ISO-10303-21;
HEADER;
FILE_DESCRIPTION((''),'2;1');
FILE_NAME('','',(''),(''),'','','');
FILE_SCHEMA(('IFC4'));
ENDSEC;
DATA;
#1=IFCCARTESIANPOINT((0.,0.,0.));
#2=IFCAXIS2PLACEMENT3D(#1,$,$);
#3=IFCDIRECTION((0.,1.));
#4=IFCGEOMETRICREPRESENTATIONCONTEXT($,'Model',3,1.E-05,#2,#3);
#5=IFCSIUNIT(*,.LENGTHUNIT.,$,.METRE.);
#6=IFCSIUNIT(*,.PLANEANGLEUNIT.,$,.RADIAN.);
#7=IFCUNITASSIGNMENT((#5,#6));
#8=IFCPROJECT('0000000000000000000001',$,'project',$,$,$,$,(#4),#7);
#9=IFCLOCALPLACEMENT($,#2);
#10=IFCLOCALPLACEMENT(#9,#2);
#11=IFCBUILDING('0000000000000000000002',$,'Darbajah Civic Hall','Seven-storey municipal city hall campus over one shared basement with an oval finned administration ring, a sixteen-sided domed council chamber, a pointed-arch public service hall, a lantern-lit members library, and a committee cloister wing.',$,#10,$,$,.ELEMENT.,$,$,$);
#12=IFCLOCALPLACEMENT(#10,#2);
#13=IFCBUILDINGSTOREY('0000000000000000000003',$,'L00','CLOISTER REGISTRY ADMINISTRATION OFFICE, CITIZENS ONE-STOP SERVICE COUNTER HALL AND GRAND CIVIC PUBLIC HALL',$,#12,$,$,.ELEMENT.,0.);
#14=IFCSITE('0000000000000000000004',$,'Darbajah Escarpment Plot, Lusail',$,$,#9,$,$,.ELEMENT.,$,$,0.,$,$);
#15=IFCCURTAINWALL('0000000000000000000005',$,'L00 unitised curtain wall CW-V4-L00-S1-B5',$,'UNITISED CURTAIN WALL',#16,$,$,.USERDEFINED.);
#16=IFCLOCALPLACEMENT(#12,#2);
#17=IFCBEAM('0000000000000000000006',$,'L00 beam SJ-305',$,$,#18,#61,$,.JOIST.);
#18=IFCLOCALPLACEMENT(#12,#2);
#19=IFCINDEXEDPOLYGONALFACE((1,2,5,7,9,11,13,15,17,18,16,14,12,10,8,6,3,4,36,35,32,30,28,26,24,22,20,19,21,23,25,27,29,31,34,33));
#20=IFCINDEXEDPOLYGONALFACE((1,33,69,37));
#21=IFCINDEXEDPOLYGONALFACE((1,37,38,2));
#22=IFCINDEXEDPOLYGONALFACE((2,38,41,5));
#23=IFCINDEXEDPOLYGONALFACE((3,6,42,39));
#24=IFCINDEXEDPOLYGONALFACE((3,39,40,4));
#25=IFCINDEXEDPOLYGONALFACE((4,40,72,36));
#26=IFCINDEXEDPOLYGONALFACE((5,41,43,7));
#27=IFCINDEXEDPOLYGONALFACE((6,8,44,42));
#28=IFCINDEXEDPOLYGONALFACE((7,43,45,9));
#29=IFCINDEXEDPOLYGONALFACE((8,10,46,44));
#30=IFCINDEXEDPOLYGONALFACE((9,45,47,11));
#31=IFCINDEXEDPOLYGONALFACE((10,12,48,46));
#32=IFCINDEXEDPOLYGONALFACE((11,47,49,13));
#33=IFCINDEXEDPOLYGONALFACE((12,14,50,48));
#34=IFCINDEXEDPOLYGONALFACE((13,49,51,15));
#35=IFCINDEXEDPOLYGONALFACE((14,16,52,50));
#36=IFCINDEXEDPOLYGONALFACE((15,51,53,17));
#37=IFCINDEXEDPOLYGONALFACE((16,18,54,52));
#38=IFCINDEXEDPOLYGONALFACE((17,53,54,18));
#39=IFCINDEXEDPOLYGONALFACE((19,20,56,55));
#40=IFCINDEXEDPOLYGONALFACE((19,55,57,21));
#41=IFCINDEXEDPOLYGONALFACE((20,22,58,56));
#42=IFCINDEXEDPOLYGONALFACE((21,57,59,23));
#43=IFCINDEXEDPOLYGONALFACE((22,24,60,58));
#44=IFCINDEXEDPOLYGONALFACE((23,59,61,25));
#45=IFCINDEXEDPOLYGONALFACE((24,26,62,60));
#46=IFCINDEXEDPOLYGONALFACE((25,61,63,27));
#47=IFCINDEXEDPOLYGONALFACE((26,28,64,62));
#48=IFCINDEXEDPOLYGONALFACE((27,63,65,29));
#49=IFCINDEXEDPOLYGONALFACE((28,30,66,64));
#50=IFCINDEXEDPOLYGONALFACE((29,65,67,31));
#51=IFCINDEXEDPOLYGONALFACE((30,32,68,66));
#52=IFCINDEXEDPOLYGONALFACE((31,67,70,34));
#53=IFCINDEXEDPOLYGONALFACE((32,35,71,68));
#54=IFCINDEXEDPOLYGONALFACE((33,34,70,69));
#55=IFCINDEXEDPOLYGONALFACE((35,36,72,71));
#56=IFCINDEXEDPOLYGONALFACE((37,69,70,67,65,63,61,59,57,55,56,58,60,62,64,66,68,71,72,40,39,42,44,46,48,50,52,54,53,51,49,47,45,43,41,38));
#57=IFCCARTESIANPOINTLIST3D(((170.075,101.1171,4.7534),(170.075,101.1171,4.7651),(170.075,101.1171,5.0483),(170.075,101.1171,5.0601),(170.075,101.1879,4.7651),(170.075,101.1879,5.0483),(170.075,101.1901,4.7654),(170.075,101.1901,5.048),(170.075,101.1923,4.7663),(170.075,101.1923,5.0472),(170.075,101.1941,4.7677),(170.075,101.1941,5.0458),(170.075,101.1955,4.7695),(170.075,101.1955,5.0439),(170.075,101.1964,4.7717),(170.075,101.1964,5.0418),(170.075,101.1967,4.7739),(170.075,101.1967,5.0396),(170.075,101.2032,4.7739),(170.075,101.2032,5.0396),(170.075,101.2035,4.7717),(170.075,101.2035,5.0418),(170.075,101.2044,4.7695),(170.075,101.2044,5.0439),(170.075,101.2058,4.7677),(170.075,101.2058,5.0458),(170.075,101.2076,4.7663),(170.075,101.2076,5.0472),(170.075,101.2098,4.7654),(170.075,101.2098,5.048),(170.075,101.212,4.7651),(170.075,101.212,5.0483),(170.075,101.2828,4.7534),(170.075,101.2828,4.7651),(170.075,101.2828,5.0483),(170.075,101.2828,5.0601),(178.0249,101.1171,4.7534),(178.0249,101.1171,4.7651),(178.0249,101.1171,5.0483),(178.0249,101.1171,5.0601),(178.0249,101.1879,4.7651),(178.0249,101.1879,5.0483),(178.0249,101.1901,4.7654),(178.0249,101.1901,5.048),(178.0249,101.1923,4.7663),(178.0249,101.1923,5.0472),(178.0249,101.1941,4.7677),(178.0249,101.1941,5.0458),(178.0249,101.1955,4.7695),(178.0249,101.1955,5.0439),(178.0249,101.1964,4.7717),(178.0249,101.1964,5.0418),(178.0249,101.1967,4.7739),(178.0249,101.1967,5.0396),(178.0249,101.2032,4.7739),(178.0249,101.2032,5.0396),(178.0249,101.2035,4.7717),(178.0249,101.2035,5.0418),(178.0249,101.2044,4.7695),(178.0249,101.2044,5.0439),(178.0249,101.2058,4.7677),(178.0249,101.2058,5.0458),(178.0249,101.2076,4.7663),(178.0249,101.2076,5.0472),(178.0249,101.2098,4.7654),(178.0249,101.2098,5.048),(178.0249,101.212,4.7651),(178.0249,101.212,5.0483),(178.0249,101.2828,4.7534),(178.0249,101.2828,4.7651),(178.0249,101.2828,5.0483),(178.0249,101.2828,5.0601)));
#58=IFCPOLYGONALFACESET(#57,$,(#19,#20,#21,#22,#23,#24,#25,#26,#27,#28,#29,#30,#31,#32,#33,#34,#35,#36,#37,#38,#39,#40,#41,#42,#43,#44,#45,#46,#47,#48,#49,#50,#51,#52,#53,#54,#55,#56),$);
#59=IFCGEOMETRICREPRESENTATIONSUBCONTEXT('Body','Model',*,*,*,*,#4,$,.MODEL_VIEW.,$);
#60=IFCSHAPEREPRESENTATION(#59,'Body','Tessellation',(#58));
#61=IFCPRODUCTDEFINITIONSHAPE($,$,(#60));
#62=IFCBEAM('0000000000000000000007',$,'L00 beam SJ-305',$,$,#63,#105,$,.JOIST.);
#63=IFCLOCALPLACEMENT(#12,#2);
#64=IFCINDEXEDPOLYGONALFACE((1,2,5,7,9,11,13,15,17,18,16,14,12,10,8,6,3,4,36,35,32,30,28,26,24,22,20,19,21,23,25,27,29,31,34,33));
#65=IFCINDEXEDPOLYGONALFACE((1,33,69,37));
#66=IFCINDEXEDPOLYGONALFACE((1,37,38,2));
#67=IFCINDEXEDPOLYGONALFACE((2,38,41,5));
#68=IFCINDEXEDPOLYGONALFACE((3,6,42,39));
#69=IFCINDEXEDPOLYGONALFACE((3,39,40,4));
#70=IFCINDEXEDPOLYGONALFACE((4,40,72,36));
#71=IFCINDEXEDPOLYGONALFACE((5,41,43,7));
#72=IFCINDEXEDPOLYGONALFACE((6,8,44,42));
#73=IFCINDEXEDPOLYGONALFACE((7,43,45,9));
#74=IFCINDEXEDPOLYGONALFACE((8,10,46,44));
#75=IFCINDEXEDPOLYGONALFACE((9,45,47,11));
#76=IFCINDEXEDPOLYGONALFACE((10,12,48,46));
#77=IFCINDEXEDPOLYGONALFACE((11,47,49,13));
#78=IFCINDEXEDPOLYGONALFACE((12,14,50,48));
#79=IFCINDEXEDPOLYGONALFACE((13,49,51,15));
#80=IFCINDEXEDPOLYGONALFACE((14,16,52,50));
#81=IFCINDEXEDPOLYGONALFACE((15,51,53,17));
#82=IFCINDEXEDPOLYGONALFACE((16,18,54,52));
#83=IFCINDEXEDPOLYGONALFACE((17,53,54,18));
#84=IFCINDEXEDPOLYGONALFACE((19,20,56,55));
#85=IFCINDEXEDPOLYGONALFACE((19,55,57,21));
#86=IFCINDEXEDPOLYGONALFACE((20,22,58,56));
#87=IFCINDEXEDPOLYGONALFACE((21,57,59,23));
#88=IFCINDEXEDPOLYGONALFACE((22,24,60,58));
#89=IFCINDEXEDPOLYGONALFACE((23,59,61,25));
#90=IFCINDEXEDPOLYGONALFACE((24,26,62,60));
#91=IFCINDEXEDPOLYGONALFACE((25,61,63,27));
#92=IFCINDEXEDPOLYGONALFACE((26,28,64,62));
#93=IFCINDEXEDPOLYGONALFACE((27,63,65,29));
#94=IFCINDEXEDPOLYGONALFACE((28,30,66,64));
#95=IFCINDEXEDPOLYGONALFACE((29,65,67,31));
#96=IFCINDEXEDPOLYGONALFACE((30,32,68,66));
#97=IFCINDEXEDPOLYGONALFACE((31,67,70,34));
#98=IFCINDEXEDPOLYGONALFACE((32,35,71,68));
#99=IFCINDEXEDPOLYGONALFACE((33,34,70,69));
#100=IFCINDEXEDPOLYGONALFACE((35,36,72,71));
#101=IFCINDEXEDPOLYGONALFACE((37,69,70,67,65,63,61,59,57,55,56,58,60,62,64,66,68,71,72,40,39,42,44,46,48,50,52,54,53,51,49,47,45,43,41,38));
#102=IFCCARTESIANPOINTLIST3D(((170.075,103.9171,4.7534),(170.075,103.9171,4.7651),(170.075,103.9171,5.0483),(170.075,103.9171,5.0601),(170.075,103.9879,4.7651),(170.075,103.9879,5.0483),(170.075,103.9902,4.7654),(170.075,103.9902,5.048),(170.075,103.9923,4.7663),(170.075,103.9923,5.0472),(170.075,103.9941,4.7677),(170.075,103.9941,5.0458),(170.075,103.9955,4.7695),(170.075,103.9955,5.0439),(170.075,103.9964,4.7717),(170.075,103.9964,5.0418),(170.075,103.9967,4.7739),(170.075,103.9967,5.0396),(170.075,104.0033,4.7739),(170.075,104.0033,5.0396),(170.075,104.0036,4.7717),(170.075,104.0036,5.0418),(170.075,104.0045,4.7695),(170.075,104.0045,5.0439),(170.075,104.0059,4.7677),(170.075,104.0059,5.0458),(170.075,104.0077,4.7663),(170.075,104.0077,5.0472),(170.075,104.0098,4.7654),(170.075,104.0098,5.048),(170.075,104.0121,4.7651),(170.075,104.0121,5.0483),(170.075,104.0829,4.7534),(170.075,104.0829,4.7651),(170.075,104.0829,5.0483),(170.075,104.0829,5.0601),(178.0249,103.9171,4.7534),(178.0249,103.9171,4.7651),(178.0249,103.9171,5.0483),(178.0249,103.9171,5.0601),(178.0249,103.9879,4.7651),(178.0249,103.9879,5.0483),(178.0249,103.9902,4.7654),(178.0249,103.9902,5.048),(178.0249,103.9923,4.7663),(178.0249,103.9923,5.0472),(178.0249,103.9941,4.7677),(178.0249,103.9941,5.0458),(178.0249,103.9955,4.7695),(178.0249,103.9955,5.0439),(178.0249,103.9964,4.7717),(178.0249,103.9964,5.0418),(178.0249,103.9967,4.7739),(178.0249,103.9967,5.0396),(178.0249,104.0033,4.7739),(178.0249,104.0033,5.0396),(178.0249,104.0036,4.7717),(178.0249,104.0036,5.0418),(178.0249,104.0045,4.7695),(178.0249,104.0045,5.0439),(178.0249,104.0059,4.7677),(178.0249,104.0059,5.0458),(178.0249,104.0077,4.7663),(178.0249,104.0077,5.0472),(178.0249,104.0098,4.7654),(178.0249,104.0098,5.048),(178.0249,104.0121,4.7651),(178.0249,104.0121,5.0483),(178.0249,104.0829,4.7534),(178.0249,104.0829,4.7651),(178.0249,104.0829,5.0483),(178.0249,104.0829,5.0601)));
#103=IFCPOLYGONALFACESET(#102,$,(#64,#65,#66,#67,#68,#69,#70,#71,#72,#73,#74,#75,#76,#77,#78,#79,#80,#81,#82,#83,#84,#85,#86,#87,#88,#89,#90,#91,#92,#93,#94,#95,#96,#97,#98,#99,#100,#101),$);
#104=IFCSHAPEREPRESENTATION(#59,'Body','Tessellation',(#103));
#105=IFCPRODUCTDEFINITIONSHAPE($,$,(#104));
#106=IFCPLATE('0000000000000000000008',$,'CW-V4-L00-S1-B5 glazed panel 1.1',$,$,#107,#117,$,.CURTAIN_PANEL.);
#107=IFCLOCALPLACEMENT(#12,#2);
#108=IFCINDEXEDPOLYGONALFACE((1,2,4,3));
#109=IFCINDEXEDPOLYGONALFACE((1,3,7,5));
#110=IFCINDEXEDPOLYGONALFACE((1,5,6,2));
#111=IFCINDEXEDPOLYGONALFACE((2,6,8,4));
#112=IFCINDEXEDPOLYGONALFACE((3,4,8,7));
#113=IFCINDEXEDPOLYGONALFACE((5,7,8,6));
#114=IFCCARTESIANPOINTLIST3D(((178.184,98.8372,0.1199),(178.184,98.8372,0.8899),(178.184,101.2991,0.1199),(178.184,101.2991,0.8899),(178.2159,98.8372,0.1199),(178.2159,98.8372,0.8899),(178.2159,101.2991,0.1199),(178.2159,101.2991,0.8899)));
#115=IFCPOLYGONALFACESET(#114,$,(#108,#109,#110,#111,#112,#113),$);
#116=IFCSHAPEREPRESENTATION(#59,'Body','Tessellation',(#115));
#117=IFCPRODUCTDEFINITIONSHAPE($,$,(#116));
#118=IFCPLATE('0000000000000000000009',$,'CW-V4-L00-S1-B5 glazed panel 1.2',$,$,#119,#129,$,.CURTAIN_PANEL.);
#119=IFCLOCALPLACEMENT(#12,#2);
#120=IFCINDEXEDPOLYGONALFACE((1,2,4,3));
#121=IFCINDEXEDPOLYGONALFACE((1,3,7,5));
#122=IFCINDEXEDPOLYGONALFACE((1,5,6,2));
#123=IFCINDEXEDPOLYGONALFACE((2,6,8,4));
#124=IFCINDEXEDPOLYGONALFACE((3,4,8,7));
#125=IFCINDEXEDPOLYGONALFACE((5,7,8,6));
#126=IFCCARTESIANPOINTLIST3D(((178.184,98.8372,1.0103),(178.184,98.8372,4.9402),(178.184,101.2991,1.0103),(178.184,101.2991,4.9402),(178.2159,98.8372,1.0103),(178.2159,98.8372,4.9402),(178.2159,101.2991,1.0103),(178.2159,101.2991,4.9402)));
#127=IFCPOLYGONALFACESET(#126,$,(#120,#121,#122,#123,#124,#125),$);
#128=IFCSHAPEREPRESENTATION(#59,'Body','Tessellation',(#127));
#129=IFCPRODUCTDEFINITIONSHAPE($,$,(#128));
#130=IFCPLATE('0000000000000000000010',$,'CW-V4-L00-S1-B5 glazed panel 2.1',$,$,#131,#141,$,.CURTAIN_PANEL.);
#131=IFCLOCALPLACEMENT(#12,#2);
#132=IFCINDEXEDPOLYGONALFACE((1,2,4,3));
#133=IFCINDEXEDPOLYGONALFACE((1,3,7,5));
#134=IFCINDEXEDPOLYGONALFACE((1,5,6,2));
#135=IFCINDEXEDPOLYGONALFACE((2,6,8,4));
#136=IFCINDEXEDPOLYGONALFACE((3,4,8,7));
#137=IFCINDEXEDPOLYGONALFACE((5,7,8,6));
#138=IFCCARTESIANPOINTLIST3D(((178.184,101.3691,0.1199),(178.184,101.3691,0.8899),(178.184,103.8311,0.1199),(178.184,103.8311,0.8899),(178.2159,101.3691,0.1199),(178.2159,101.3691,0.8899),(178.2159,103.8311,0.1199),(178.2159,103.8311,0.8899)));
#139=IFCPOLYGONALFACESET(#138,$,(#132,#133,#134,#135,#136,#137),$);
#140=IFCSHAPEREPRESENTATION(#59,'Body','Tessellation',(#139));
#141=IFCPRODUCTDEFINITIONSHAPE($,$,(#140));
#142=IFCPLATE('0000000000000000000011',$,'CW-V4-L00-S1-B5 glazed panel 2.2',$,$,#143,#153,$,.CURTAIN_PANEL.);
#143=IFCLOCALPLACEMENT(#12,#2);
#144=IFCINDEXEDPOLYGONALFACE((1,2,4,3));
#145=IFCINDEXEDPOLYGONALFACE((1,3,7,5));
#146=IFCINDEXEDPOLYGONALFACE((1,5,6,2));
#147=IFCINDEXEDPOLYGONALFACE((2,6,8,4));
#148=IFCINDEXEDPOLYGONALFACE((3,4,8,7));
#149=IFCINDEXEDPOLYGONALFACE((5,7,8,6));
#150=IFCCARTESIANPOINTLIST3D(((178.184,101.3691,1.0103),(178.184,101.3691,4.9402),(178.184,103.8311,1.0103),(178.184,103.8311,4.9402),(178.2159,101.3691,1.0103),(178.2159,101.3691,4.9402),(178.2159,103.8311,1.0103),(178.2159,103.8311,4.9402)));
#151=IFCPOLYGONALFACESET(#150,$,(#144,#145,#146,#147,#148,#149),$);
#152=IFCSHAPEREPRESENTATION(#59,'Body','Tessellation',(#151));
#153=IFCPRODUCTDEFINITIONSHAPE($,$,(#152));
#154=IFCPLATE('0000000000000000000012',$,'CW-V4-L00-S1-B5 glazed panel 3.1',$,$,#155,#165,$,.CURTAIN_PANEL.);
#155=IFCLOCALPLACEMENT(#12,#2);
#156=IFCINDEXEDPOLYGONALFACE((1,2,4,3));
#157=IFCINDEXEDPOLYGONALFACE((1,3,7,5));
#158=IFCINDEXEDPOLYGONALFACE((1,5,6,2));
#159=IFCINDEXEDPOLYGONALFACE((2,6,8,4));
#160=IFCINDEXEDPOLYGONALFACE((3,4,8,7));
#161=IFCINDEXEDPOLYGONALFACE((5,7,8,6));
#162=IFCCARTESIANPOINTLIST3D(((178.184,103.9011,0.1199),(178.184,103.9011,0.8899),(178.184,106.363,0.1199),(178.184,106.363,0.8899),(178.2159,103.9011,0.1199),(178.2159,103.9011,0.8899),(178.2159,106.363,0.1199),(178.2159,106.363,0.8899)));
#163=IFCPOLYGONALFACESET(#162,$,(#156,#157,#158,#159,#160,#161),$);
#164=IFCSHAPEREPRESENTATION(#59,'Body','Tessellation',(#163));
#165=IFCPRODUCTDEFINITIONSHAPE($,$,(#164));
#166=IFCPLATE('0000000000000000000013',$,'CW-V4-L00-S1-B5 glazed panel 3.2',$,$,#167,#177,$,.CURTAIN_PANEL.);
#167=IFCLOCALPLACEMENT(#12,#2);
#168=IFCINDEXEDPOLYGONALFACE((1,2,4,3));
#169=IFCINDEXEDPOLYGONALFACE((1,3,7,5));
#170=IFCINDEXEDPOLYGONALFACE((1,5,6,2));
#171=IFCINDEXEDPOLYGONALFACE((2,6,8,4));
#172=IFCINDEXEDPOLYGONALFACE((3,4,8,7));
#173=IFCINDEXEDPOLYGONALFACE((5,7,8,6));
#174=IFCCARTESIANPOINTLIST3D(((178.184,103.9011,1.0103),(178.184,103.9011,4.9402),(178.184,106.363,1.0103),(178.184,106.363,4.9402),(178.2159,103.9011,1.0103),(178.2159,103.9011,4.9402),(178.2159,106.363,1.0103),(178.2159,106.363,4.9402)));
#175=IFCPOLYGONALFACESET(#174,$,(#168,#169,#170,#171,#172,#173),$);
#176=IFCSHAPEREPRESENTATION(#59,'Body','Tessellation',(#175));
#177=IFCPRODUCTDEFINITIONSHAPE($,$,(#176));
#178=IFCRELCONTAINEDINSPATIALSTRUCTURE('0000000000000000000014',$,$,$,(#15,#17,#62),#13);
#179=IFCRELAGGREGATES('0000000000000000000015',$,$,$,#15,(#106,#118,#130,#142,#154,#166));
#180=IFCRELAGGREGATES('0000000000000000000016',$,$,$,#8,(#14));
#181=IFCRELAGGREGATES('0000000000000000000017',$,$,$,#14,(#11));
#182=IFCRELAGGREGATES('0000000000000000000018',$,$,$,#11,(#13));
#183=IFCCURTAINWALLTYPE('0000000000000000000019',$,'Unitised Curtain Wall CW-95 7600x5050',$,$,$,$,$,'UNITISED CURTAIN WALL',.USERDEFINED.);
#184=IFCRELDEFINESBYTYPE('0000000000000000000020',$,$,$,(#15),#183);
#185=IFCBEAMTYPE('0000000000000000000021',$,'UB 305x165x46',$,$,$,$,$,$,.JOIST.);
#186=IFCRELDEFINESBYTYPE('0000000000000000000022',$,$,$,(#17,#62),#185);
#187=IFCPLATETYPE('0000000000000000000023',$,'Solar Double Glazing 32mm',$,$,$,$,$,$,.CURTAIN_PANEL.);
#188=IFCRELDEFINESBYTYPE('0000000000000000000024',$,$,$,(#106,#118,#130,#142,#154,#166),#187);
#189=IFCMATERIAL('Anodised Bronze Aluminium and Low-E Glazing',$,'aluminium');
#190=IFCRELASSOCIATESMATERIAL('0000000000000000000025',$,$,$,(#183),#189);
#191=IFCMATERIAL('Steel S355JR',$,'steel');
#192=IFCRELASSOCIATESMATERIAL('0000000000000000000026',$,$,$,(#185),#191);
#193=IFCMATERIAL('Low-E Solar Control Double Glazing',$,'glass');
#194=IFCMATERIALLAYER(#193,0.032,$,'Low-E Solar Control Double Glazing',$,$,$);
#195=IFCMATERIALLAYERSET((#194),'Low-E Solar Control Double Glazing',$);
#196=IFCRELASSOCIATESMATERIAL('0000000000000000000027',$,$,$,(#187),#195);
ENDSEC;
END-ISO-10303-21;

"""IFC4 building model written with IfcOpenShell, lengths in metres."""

from ifc_helpers import new_model, si_unit, direction, frame, origin, origin_2d, place, context, subcontext, project, spatial, rectangle, i_section, extrude, material, layer, layer_set, material_profile, profile_set, type_object, element, aggregate, save


model = new_model("IFC4")

# Units and contexts
model_context = context("Model", 3, precision=1e-05, world=origin(), true_north=direction((0.0, 1.0)))
body_context = subcontext(model_context, "Body", "Model", "MODEL_VIEW")
ifc_project = project(units=[si_unit("LENGTHUNIT", "METRE"), si_unit("PLANEANGLEUNIT", "RADIAN")], contexts=[model_context])

# Site, building, storey
site_placement = place(None, origin())
site = spatial("IfcSite", under=ifc_project, at=site_placement, Name="Darbajah Escarpment Plot, Lusail", CompositionType="ELEMENT", RefElevation=0.0)
building_placement = place(site_placement, origin())
building = spatial("IfcBuilding", under=site, at=building_placement, Name="Darbajah Civic Hall", Description="Seven-storey municipal city hall campus over one shared basement with an oval finned administration ring, a sixteen-sided domed council chamber, a pointed-arch public service hall, a lantern-lit members library, and a committee cloister wing.", CompositionType="ELEMENT")
storey_placement = place(building_placement, origin())
storey = spatial("IfcBuildingStorey", under=building, at=storey_placement, Name="L00", Description="CLOISTER REGISTRY ADMINISTRATION OFFICE, CITIZENS ONE-STOP SERVICE COUNTER HALL AND GRAND CIVIC PUBLIC HALL", CompositionType="ELEMENT", Elevation=0.0)

# Curtain wall
ifc_material_1 = material(Name="Anodised Bronze Aluminium and Low-E Glazing", Category="aluminium")
curtain_wall_type = type_object("IfcCurtainWallType", Name="Unitised Curtain Wall CW-95 7600x5050", ElementType="UNITISED CURTAIN WALL", PredefinedType="USERDEFINED", material=ifc_material_1)
curtain_wall_placement = place(storey_placement, origin())
curtain_wall = element("IfcCurtainWall", 1, at=curtain_wall_placement, inside=storey, type_object=curtain_wall_type, Name="L00 unitised curtain wall CW-V4-L00-S1-B5", ObjectType="UNITISED CURTAIN WALL", PredefinedType="USERDEFINED")

# Beams
ifc_material_2 = material(Name="Steel S355JR", Category="steel")
ifc_material_profile_1 = material_profile(ifc_material_2, i_section(OverallWidth=0.1658, OverallDepth=0.3066, WebThickness=0.0066, FlangeThickness=0.0117, FilletRadius=0.0088, at=origin_2d()), Name="UB 305x165x46")
ifc_profile_set_1 = profile_set([ifc_material_profile_1], Name="Steel S355JR")
beam_type = type_object("IfcBeamType", Name="UB 305x165x46", PredefinedType="JOIST", material=ifc_profile_set_1)
for number, where, z_axis, x_axis, name in (
    (2, (170.075, 101.2, 4.9067), (1.0, 0.0, 0.0), (0.0, 1.0, 0.0), "L00 beam SJ-305"),
    (3, (170.075, 104.0, 4.9067), (1.0, 0.0, 0.0), (0.0, 1.0, 0.0), "L00 beam SJ-305"),
):
    element("IfcBeam", number, at=place(storey_placement, frame(where, z_axis=z_axis, x_axis=x_axis)), inside=storey, type_object=beam_type, Name=name, PredefinedType="JOIST", context=body_context, shape_type="SweptSolid", body=[
        extrude(i_section(OverallWidth=0.1658, OverallDepth=0.3066, WebThickness=0.0066, FlangeThickness=0.0117, FilletRadius=0.0088, at=origin_2d()), origin(), (0.0, 0.0, 1.0), 7.95),
    ])

# Plates
ifc_material_3 = material(Name="Low-E Solar Control Double Glazing", Category="glass")
ifc_layer_1 = layer(ifc_material_3, 0.032, Name="Low-E Solar Control Double Glazing")
ifc_layer_set_1 = layer_set([ifc_layer_1], Name="Low-E Solar Control Double Glazing")
plate_type = type_object("IfcPlateType", Name="Solar Double Glazing 32mm", PredefinedType="CURTAIN_PANEL", material=ifc_layer_set_1)
plate_1_placement = place(storey_placement, frame((178.2, 100.0681, 0.1199), z_axis=(0.0, 0.0, 1.0), x_axis=(0.0, 1.0, 0.0)))
plate_1 = element("IfcPlate", 4, at=plate_1_placement, type_object=plate_type, Name="CW-V4-L00-S1-B5 glazed panel 1.1", PredefinedType="CURTAIN_PANEL", context=body_context, shape_type="SweptSolid", body=[
    extrude(rectangle(XDim=2.4619, YDim=0.032, at=origin_2d()), origin(), (0.0, 0.0, 1.0), 0.77),
])
plate_2_placement = place(storey_placement, frame((178.2, 100.0681, 1.0103), z_axis=(0.0, 0.0, 1.0), x_axis=(0.0, 1.0, 0.0)))
plate_2 = element("IfcPlate", 5, at=plate_2_placement, type_object=plate_type, Name="CW-V4-L00-S1-B5 glazed panel 1.2", PredefinedType="CURTAIN_PANEL", context=body_context, shape_type="SweptSolid", body=[
    extrude(rectangle(XDim=2.4619, YDim=0.032, at=origin_2d()), origin(), (0.0, 0.0, 1.0), 3.9299),
])
plate_3_placement = place(storey_placement, frame((178.2, 102.6001, 0.1199), z_axis=(0.0, 0.0, 1.0), x_axis=(0.0, 1.0, 0.0)))
plate_3 = element("IfcPlate", 6, at=plate_3_placement, type_object=plate_type, Name="CW-V4-L00-S1-B5 glazed panel 2.1", PredefinedType="CURTAIN_PANEL", context=body_context, shape_type="SweptSolid", body=[
    extrude(rectangle(XDim=2.4619, YDim=0.032, at=origin_2d()), origin(), (0.0, 0.0, 1.0), 0.77),
])
plate_4_placement = place(storey_placement, frame((178.2, 102.6001, 1.0103), z_axis=(0.0, 0.0, 1.0), x_axis=(0.0, 1.0, 0.0)))
plate_4 = element("IfcPlate", 7, at=plate_4_placement, type_object=plate_type, Name="CW-V4-L00-S1-B5 glazed panel 2.2", PredefinedType="CURTAIN_PANEL", context=body_context, shape_type="SweptSolid", body=[
    extrude(rectangle(XDim=2.4619, YDim=0.032, at=origin_2d()), origin(), (0.0, 0.0, 1.0), 3.9299),
])
plate_5_placement = place(storey_placement, frame((178.2, 105.1321, 0.1199), z_axis=(0.0, 0.0, 1.0), x_axis=(0.0, 1.0, 0.0)))
plate_5 = element("IfcPlate", 8, at=plate_5_placement, type_object=plate_type, Name="CW-V4-L00-S1-B5 glazed panel 3.1", PredefinedType="CURTAIN_PANEL", context=body_context, shape_type="SweptSolid", body=[
    extrude(rectangle(XDim=2.4619, YDim=0.032, at=origin_2d()), origin(), (0.0, 0.0, 1.0), 0.77),
])
plate_6_placement = place(storey_placement, frame((178.2, 105.1321, 1.0103), z_axis=(0.0, 0.0, 1.0), x_axis=(0.0, 1.0, 0.0)))
plate_6 = element("IfcPlate", 9, at=plate_6_placement, type_object=plate_type, Name="CW-V4-L00-S1-B5 glazed panel 3.2", PredefinedType="CURTAIN_PANEL", context=body_context, shape_type="SweptSolid", body=[
    extrude(rectangle(XDim=2.4619, YDim=0.032, at=origin_2d()), origin(), (0.0, 0.0, 1.0), 3.9299),
])
aggregate(curtain_wall, [plate_1, plate_2, plate_3, plate_4, plate_5, plate_6])

save(model, "model.ifc")
